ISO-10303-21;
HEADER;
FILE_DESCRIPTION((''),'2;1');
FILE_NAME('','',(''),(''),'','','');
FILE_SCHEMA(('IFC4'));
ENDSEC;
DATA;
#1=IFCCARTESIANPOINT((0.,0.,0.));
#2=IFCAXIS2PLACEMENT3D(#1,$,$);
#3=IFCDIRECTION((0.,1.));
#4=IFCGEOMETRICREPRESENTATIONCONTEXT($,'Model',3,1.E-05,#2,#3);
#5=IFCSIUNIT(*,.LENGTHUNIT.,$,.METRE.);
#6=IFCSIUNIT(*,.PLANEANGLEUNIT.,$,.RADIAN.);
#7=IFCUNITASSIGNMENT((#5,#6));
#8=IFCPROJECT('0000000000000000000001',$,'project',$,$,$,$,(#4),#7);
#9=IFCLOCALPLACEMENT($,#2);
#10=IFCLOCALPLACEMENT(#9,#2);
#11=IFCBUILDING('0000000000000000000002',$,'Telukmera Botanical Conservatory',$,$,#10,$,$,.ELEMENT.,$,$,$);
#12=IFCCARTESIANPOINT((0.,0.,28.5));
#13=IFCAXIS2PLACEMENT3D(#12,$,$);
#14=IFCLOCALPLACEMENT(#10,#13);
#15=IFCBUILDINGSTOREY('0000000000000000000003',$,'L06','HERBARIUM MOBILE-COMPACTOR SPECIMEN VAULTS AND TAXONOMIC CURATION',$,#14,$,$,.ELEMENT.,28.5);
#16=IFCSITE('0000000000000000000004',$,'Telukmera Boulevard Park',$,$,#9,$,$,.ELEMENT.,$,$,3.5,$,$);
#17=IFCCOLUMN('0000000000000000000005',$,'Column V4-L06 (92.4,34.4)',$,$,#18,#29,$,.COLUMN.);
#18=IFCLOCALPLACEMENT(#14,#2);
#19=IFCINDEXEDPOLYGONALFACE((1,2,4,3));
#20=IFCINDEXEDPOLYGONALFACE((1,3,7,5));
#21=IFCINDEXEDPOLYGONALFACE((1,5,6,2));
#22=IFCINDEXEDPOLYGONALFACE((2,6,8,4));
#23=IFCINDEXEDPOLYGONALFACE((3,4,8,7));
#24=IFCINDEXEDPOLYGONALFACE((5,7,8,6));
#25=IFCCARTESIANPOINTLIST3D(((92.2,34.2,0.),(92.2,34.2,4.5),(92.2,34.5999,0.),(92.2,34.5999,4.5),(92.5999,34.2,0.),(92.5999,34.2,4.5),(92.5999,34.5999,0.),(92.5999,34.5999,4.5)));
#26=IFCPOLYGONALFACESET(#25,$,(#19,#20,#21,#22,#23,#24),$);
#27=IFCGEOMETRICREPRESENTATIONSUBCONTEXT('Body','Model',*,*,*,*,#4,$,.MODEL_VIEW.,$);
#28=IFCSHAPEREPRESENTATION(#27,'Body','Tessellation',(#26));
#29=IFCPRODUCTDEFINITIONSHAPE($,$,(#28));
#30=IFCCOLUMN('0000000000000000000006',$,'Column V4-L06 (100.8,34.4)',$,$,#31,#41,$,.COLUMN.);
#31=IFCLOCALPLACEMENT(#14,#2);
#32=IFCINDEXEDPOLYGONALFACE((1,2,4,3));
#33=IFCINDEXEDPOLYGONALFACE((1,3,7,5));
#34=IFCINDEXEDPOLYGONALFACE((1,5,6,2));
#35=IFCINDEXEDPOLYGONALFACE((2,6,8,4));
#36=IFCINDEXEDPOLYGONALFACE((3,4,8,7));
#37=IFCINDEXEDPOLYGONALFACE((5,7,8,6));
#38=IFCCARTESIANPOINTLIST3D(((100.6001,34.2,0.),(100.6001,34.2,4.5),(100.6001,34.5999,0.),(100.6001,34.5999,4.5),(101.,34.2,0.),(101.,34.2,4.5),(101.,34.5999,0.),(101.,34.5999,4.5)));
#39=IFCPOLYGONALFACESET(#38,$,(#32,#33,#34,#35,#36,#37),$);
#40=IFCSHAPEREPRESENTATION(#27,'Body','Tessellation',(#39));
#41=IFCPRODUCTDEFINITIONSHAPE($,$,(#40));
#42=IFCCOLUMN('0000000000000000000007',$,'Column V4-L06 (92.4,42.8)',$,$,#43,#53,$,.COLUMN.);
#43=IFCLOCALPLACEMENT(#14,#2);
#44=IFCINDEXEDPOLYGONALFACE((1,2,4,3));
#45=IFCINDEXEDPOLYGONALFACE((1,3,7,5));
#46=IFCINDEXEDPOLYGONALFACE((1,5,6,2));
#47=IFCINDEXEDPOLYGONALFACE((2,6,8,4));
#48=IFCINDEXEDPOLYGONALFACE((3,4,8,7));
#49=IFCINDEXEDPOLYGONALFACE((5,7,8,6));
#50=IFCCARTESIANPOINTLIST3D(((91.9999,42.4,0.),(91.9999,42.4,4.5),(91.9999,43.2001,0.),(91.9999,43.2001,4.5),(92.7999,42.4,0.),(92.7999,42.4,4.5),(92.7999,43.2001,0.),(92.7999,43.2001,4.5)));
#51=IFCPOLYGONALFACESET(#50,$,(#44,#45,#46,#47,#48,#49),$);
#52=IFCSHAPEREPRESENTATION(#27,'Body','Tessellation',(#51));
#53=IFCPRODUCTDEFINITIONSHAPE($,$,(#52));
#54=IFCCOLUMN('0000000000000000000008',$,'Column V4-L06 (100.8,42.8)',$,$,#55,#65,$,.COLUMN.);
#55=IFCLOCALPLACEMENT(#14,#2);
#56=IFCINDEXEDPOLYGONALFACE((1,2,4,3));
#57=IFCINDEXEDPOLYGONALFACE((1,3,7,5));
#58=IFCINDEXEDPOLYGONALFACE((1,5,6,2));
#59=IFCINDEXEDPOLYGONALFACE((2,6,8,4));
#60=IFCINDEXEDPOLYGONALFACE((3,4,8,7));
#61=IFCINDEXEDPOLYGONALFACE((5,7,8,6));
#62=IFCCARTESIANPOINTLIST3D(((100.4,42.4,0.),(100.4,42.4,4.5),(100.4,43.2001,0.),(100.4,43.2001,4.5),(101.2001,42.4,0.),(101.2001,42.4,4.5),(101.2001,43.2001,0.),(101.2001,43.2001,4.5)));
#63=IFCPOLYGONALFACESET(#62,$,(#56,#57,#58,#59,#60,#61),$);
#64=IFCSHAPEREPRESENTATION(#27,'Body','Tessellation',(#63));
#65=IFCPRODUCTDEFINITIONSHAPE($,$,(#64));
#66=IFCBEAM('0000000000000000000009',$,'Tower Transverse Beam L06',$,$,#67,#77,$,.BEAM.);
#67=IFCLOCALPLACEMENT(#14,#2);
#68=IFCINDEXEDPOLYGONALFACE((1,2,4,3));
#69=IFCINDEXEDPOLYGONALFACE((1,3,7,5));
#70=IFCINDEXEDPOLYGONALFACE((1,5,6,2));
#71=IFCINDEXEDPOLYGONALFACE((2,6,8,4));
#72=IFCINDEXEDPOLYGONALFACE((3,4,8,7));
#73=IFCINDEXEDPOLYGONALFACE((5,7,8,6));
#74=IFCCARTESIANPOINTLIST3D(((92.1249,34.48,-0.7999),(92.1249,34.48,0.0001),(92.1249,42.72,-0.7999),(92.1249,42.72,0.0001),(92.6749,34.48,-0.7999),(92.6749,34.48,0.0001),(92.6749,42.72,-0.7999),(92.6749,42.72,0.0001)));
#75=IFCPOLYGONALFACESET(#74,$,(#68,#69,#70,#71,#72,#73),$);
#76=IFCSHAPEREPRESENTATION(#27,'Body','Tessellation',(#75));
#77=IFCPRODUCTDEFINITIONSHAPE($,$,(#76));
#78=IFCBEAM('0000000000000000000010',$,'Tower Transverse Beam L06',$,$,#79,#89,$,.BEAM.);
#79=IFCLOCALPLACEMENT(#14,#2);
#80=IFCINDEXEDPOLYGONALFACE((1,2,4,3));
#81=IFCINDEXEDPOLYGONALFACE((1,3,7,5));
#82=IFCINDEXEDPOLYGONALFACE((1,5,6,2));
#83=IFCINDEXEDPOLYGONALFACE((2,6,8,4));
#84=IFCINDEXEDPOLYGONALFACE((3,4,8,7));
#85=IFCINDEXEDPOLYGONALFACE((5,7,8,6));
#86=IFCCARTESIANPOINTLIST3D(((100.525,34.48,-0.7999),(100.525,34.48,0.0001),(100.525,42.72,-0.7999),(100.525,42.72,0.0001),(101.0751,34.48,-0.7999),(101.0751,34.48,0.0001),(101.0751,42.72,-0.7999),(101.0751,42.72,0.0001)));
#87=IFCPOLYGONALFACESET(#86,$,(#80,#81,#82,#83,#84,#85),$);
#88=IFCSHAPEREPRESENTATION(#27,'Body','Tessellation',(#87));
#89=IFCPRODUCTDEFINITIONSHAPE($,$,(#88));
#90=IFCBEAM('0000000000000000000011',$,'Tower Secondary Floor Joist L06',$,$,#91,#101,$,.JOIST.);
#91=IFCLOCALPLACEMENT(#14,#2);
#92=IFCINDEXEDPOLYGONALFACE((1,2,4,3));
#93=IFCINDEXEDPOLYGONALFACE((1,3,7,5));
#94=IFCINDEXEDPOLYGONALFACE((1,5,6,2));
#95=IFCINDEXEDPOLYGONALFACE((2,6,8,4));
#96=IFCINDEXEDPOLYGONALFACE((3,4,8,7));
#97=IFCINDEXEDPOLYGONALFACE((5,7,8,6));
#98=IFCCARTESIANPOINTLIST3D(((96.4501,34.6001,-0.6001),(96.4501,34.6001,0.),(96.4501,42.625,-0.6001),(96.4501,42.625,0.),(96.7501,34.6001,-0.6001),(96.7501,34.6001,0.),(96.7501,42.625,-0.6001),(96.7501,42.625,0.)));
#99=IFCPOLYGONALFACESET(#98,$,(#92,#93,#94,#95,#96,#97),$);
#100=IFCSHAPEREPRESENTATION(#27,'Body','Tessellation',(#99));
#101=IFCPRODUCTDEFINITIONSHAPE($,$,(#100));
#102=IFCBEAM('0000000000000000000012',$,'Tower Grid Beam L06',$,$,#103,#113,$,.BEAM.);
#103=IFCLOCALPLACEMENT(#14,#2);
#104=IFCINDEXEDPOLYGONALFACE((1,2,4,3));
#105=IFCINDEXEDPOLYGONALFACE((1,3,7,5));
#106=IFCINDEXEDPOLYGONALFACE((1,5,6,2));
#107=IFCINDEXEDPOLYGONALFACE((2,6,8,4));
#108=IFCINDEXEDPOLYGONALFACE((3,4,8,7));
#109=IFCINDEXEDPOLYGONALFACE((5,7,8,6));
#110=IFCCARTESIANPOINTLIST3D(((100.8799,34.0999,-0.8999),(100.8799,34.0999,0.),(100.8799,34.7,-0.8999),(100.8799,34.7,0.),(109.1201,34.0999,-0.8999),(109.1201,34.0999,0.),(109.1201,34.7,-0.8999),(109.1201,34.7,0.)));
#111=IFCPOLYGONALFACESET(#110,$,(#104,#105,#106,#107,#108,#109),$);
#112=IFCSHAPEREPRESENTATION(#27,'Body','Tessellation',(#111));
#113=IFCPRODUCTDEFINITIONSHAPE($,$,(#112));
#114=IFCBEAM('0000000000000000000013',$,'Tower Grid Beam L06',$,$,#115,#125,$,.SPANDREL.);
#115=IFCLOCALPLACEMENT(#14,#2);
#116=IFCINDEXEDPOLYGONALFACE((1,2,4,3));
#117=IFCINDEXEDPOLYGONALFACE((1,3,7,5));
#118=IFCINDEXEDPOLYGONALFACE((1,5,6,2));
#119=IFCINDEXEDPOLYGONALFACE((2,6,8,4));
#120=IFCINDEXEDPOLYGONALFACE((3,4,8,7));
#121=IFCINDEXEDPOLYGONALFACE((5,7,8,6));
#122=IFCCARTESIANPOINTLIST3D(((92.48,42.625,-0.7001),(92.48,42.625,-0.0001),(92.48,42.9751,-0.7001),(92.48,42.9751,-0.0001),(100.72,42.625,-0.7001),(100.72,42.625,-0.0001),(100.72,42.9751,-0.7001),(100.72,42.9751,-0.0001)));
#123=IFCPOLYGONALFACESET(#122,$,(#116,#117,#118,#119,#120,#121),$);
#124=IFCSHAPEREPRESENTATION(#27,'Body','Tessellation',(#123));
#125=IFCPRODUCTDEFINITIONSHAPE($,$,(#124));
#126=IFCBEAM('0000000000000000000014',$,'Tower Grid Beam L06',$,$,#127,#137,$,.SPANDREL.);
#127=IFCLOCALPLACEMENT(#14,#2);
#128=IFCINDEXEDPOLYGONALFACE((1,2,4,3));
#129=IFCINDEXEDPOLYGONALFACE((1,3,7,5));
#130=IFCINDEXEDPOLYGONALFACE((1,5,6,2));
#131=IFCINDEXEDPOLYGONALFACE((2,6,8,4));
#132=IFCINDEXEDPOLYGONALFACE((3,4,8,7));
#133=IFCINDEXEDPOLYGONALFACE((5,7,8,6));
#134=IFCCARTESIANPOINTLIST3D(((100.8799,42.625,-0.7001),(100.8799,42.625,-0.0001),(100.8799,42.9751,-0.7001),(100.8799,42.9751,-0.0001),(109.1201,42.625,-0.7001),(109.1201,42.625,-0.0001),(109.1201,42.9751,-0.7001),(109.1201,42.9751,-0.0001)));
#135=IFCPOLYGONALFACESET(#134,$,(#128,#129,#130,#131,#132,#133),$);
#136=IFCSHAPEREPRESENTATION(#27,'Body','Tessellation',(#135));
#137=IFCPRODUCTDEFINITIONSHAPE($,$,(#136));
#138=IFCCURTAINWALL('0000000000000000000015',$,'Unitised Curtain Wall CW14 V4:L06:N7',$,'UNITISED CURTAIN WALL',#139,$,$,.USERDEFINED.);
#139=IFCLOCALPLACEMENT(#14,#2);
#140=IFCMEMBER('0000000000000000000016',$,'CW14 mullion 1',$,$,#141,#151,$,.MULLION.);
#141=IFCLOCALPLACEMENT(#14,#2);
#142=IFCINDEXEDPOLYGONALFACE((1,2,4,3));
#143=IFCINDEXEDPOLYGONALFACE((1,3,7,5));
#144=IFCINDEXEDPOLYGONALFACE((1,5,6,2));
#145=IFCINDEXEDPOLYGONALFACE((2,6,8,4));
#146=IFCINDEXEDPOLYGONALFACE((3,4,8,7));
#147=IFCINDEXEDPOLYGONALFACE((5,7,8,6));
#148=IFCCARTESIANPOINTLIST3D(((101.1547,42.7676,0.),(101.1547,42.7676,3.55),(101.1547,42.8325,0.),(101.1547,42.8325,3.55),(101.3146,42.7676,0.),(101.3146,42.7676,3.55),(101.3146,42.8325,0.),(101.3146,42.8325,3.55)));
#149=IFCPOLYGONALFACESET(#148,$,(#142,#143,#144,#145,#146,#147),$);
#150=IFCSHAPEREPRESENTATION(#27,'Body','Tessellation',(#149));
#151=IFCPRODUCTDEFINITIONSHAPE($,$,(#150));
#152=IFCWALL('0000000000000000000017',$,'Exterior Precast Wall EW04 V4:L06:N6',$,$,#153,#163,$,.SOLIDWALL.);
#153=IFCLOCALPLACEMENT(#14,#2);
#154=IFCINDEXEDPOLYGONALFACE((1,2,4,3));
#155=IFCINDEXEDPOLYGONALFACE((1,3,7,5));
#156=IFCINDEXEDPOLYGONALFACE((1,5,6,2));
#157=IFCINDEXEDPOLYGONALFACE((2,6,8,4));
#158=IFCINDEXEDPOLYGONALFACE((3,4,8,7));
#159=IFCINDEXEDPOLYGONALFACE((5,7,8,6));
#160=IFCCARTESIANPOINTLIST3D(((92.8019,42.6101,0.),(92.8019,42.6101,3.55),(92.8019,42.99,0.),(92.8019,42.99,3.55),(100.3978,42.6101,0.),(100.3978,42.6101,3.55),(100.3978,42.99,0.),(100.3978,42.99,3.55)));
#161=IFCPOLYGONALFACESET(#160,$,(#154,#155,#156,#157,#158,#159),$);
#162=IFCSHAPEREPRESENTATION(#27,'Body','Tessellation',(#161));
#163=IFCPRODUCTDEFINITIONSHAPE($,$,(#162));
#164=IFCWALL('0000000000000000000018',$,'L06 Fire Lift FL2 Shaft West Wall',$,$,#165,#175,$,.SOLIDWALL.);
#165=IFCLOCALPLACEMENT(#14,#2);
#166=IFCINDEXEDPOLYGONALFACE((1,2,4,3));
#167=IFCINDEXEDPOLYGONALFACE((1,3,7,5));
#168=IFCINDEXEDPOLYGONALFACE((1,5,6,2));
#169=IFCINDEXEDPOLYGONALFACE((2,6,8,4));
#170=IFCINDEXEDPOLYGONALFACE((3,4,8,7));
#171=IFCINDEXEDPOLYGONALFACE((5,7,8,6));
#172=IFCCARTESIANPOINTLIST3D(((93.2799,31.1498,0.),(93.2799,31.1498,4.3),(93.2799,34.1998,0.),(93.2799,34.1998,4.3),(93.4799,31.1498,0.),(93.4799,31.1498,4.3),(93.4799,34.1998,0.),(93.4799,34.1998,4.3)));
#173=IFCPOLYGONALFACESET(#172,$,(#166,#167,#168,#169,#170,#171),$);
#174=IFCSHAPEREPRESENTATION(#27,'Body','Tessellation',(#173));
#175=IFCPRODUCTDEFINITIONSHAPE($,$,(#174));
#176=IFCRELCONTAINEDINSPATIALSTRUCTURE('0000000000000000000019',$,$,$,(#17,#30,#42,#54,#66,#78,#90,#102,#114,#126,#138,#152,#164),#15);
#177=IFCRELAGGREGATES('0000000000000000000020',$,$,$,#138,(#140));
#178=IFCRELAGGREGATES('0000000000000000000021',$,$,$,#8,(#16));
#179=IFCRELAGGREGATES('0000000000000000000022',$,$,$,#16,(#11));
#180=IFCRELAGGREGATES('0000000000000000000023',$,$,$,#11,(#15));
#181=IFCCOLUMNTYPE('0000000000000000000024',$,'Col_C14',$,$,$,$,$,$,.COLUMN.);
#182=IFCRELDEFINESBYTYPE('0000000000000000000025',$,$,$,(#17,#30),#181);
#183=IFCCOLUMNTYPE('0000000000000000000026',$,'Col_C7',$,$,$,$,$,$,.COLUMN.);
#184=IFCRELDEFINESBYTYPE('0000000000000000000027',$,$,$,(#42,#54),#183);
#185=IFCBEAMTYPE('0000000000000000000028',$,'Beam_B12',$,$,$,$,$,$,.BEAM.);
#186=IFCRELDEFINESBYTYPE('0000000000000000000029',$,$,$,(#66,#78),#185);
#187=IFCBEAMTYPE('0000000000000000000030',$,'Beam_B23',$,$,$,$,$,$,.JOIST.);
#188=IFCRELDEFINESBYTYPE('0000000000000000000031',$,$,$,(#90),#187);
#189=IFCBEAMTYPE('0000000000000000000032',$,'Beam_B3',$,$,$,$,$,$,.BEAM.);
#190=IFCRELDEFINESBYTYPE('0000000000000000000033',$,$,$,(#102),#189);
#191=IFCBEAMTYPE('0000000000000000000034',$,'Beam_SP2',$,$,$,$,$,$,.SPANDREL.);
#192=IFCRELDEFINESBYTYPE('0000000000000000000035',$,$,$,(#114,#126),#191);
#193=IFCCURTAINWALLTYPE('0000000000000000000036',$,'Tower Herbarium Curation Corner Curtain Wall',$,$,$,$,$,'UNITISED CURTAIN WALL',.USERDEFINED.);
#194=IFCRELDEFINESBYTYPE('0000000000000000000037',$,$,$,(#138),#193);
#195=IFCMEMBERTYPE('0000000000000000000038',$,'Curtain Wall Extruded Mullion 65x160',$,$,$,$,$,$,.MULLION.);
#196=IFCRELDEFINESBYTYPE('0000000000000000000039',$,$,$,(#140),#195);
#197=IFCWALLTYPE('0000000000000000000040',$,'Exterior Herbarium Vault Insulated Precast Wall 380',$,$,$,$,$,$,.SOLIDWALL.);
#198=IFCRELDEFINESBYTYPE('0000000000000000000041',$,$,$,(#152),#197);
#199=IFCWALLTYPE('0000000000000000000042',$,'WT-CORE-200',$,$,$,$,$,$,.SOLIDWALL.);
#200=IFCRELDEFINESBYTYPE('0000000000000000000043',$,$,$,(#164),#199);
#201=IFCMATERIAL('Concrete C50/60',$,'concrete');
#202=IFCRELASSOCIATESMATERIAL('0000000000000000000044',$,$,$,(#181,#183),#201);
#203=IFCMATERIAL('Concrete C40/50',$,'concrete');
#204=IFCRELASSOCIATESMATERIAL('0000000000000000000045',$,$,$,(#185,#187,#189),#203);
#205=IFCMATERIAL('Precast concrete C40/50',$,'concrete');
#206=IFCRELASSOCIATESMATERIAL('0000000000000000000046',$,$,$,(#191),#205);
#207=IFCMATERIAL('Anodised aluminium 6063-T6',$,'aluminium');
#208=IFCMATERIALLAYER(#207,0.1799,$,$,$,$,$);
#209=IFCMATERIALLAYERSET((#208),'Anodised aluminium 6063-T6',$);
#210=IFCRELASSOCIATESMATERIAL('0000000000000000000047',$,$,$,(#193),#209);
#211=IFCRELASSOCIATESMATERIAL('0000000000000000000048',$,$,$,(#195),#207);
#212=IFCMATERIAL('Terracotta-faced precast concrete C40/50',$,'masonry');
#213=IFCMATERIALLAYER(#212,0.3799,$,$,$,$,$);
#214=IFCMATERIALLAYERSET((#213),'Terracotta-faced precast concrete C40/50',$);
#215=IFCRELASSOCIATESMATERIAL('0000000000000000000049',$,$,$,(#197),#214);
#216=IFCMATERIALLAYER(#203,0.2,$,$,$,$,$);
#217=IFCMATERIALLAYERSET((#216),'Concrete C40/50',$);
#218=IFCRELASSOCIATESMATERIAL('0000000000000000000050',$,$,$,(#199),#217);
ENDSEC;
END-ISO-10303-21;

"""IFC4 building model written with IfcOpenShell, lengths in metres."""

from ifc_helpers import new_model, si_unit, direction, frame, frame_2d, origin, origin_2d, place, context, subcontext, project, spatial, rectangle, extrude, material, layer, layer_set, material_profile, profile_set, type_object, element, aggregate, save


model = new_model("IFC4")

# Units and contexts
model_context = context("Model", 3, precision=1e-05, world=origin(), true_north=direction((0.0, 1.0)))
body_context = subcontext(model_context, "Body", "Model", "MODEL_VIEW")
ifc_project = project(units=[si_unit("LENGTHUNIT", "METRE"), si_unit("PLANEANGLEUNIT", "RADIAN")], contexts=[model_context])

# Site, building, storey
site_placement = place(None, origin())
site = spatial("IfcSite", under=ifc_project, at=site_placement, Name="Telukmera Boulevard Park", CompositionType="ELEMENT", RefElevation=3.5)
building_placement = place(site_placement, origin())
building = spatial("IfcBuilding", under=site, at=building_placement, Name="Telukmera Botanical Conservatory", CompositionType="ELEMENT")
storey_placement = place(building_placement, frame((0.0, 0.0, 28.5)))
storey = spatial("IfcBuildingStorey", under=building, at=storey_placement, Name="L06", Description="HERBARIUM MOBILE-COMPACTOR SPECIMEN VAULTS AND TAXONOMIC CURATION", CompositionType="ELEMENT", Elevation=28.5)

# Columns
ifc_material_1 = material(Name="Concrete C50/60", Category="concrete")
ifc_material_profile_1 = material_profile(ifc_material_1, rectangle(XDim=0.3999, YDim=0.3999, at=origin_2d()), Name="RC 400x400")
ifc_profile_set_1 = profile_set([ifc_material_profile_1], Name="Concrete C50/60")
column_type_1 = type_object("IfcColumnType", Name="Col_C14", PredefinedType="COLUMN", material=ifc_profile_set_1)
for number, where, z_axis, x_axis, name in (
    (1, (92.3999, 34.3999, 0.0), (0.0, 0.0, 1.0), (1.0, 0.0, 0.0), "Column V4-L06 (92.4,34.4)"),
    (2, (100.8, 34.3999, 0.0), (0.0, 0.0, 1.0), (1.0, 0.0, 0.0), "Column V4-L06 (100.8,34.4)"),
):
    element("IfcColumn", number, at=place(storey_placement, frame(where, z_axis=z_axis, x_axis=x_axis)), inside=storey, type_object=column_type_1, Name=name, PredefinedType="COLUMN", context=body_context, shape_type="SweptSolid", body=[
        extrude(rectangle(XDim=0.3999, YDim=0.3999, at=origin_2d()), origin(), (0.0, 0.0, 1.0), 4.5),
    ])
ifc_material_profile_2 = material_profile(ifc_material_1, rectangle(XDim=0.8, YDim=0.8, at=origin_2d()), Name="RC 800x800")
ifc_profile_set_2 = profile_set([ifc_material_profile_2], Name="Concrete C50/60")
column_type_2 = type_object("IfcColumnType", Name="Col_C7", PredefinedType="COLUMN", material=ifc_profile_set_2)
for number, where, z_axis, x_axis, name in (
    (3, (92.3999, 42.8, 0.0), (0.0, 0.0, 1.0), (1.0, 0.0, 0.0), "Column V4-L06 (92.4,42.8)"),
    (4, (100.8, 42.8, 0.0), (0.0, 0.0, 1.0), (1.0, 0.0, 0.0), "Column V4-L06 (100.8,42.8)"),
):
    element("IfcColumn", number, at=place(storey_placement, frame(where, z_axis=z_axis, x_axis=x_axis)), inside=storey, type_object=column_type_2, Name=name, PredefinedType="COLUMN", context=body_context, shape_type="SweptSolid", body=[
        extrude(rectangle(XDim=0.8, YDim=0.8, at=origin_2d()), origin(), (0.0, 0.0, 1.0), 4.5),
    ])

# Beams
ifc_material_2 = material(Name="Concrete C40/50", Category="concrete")
ifc_material_profile_3 = material_profile(ifc_material_2, rectangle(XDim=0.55, YDim=0.8, at=origin_2d()), Name="RC 550x800")
ifc_profile_set_3 = profile_set([ifc_material_profile_3], Name="Concrete C40/50")
beam_type_1 = type_object("IfcBeamType", Name="Beam_B12", PredefinedType="BEAM", material=ifc_profile_set_3)
for number, where, z_axis, x_axis, name in (
    (5, (92.3999, 34.48, -0.3999), (0.0, 1.0, 0.0), (-1.0, 0.0, 0.0), "Tower Transverse Beam L06"),
    (6, (100.8, 34.48, -0.3999), (0.0, 1.0, 0.0), (-1.0, 0.0, 0.0), "Tower Transverse Beam L06"),
):
    element("IfcBeam", number, at=place(storey_placement, frame(where, z_axis=z_axis, x_axis=x_axis)), inside=storey, type_object=beam_type_1, Name=name, PredefinedType="BEAM", context=body_context, shape_type="SweptSolid", body=[
        extrude(rectangle(XDim=0.55, YDim=0.8, at=origin_2d()), origin(), (0.0, 0.0, 1.0), 8.24),
    ])
ifc_material_profile_4 = material_profile(ifc_material_2, rectangle(XDim=0.3, YDim=0.6001, at=origin_2d()), Name="RC 300x600")
ifc_profile_set_4 = profile_set([ifc_material_profile_4], Name="Concrete C40/50")
beam_type_2 = type_object("IfcBeamType", Name="Beam_B23", PredefinedType="JOIST", material=ifc_profile_set_4)
beam_1_placement = place(storey_placement, frame((96.6001, 34.6001, -0.3), z_axis=(0.0, 1.0, 0.0), x_axis=(-1.0, 0.0, 0.0)))
element("IfcBeam", 7, at=beam_1_placement, inside=storey, type_object=beam_type_2, Name="Tower Secondary Floor Joist L06", PredefinedType="JOIST", context=body_context, shape_type="SweptSolid", body=[
    extrude(rectangle(XDim=0.3, YDim=0.6001, at=origin_2d()), origin(), (0.0, 0.0, 1.0), 8.0249),
])
ifc_material_profile_5 = material_profile(ifc_material_2, rectangle(XDim=0.6001, YDim=0.8999, at=origin_2d()), Name="RC 600x900")
ifc_profile_set_5 = profile_set([ifc_material_profile_5], Name="Concrete C40/50")
beam_type_3 = type_object("IfcBeamType", Name="Beam_B3", PredefinedType="BEAM", material=ifc_profile_set_5)
beam_2_placement = place(storey_placement, frame((100.8799, 34.3999, -0.45), z_axis=(1.0, 0.0, 0.0), x_axis=(0.0, 1.0, 0.0)))
element("IfcBeam", 8, at=beam_2_placement, inside=storey, type_object=beam_type_3, Name="Tower Grid Beam L06", PredefinedType="BEAM", context=body_context, shape_type="SweptSolid", body=[
    extrude(rectangle(XDim=0.6001, YDim=0.8999, at=origin_2d()), origin(), (0.0, 0.0, 1.0), 8.2402),
])
ifc_material_3 = material(Name="Precast concrete C40/50", Category="concrete")
ifc_material_profile_6 = material_profile(ifc_material_3, rectangle(XDim=0.3501, YDim=0.7, at=origin_2d()), Name="PC 350x700")
ifc_profile_set_6 = profile_set([ifc_material_profile_6], Name="Precast concrete C40/50")
beam_type_4 = type_object("IfcBeamType", Name="Beam_SP2", PredefinedType="SPANDREL", material=ifc_profile_set_6)
beam_3_placement = place(storey_placement, frame((92.48, 42.8, -0.3501), z_axis=(1.0, 0.0, 0.0), x_axis=(0.0, 1.0, 0.0)))
element("IfcBeam", 9, at=beam_3_placement, inside=storey, type_object=beam_type_4, Name="Tower Grid Beam L06", PredefinedType="SPANDREL", context=body_context, shape_type="SweptSolid", body=[
    extrude(rectangle(XDim=0.3501, YDim=0.7, at=origin_2d()), origin(), (0.0, 0.0, 1.0), 8.24),
])
beam_4_placement = place(storey_placement, frame((100.8799, 42.8, -0.3501), z_axis=(1.0, 0.0, 0.0), x_axis=(0.0, 1.0, 0.0)))
element("IfcBeam", 10, at=beam_4_placement, inside=storey, type_object=beam_type_4, Name="Tower Grid Beam L06", PredefinedType="SPANDREL", context=body_context, shape_type="SweptSolid", body=[
    extrude(rectangle(XDim=0.3501, YDim=0.7, at=origin_2d()), origin(), (0.0, 0.0, 1.0), 8.2402),
])

# Curtain wall, member
ifc_material_4 = material(Name="Anodised aluminium 6063-T6", Category="aluminium")
ifc_layer_1 = layer(ifc_material_4, 0.1799)
ifc_layer_set_1 = layer_set([ifc_layer_1], Name="Anodised aluminium 6063-T6")
curtain_wall_type = type_object("IfcCurtainWallType", Name="Tower Herbarium Curation Corner Curtain Wall", ElementType="UNITISED CURTAIN WALL", PredefinedType="USERDEFINED", material=ifc_layer_set_1)
curtain_wall_placement = place(storey_placement, origin())
curtain_wall = element("IfcCurtainWall", 11, at=curtain_wall_placement, inside=storey, type_object=curtain_wall_type, Name="Unitised Curtain Wall CW14 V4:L06:N7", ObjectType="UNITISED CURTAIN WALL", PredefinedType="USERDEFINED")
ifc_material_profile_7 = material_profile(ifc_material_4, rectangle(XDim=0.0649, YDim=0.1599, at=origin_2d()), Name="ALU MULL 65x160")
ifc_profile_set_7 = profile_set([ifc_material_profile_7], Name="Anodised aluminium 6063-T6")
member_type = type_object("IfcMemberType", Name="Curtain Wall Extruded Mullion 65x160", PredefinedType="MULLION", material=ifc_profile_set_7)
member_placement = place(storey_placement, frame((101.2346, 42.8, 0.0), z_axis=(0.0, 0.0, 1.0), x_axis=(0.0, 1.0, 0.0)))
member = element("IfcMember", 12, at=member_placement, type_object=member_type, Name="CW14 mullion 1", PredefinedType="MULLION", context=body_context, shape_type="SweptSolid", body=[
    extrude(rectangle(XDim=0.0649, YDim=0.1599, at=origin_2d()), origin(), (0.0, 0.0, 1.0), 3.55),
])
aggregate(curtain_wall, [member])

# Wall
ifc_material_5 = material(Name="Terracotta-faced precast concrete C40/50", Category="masonry")
ifc_layer_2 = layer(ifc_material_5, 0.3799)
ifc_layer_set_2 = layer_set([ifc_layer_2], Name="Terracotta-faced precast concrete C40/50")
wall_type_1 = type_object("IfcWallType", Name="Exterior Herbarium Vault Insulated Precast Wall 380", PredefinedType="SOLIDWALL", material=ifc_layer_set_2)
wall_1_placement = place(storey_placement, frame((92.802, 42.8, 0.0), z_axis=(0.0, 0.0, 1.0), x_axis=(1.0, 0.0, 0.0)))
element("IfcWall", 13, at=wall_1_placement, inside=storey, type_object=wall_type_1, Name="Exterior Precast Wall EW04 V4:L06:N6", PredefinedType="SOLIDWALL", context=body_context, shape_type="SweptSolid", body=[
    extrude(rectangle(XDim=7.5959, YDim=0.3799, at=frame_2d((3.7979, 0.0))), origin(), (0.0, 0.0, 1.0), 3.55),
])

# Shared definitions
ifc_layer_3 = layer(ifc_material_2, 0.2)
ifc_layer_set_3 = layer_set([ifc_layer_3], Name="Concrete C40/50")
wall_type_2 = type_object("IfcWallType", Name="WT-CORE-200", PredefinedType="SOLIDWALL", material=ifc_layer_set_3)

# Wall
wall_2_placement = place(storey_placement, frame((93.3799, 31.1499, 0.0), z_axis=(0.0, 0.0, 1.0), x_axis=(0.0, 1.0, 0.0)))
element("IfcWall", 14, at=wall_2_placement, inside=storey, type_object=wall_type_2, Name="L06 Fire Lift FL2 Shaft West Wall", PredefinedType="SOLIDWALL", context=body_context, shape_type="SweptSolid", body=[
    extrude(rectangle(XDim=3.05, YDim=0.2, at=frame_2d((1.5249, 0.0))), origin(), (0.0, 0.0, 1.0), 4.3),
])

save(model, "model.ifc")
